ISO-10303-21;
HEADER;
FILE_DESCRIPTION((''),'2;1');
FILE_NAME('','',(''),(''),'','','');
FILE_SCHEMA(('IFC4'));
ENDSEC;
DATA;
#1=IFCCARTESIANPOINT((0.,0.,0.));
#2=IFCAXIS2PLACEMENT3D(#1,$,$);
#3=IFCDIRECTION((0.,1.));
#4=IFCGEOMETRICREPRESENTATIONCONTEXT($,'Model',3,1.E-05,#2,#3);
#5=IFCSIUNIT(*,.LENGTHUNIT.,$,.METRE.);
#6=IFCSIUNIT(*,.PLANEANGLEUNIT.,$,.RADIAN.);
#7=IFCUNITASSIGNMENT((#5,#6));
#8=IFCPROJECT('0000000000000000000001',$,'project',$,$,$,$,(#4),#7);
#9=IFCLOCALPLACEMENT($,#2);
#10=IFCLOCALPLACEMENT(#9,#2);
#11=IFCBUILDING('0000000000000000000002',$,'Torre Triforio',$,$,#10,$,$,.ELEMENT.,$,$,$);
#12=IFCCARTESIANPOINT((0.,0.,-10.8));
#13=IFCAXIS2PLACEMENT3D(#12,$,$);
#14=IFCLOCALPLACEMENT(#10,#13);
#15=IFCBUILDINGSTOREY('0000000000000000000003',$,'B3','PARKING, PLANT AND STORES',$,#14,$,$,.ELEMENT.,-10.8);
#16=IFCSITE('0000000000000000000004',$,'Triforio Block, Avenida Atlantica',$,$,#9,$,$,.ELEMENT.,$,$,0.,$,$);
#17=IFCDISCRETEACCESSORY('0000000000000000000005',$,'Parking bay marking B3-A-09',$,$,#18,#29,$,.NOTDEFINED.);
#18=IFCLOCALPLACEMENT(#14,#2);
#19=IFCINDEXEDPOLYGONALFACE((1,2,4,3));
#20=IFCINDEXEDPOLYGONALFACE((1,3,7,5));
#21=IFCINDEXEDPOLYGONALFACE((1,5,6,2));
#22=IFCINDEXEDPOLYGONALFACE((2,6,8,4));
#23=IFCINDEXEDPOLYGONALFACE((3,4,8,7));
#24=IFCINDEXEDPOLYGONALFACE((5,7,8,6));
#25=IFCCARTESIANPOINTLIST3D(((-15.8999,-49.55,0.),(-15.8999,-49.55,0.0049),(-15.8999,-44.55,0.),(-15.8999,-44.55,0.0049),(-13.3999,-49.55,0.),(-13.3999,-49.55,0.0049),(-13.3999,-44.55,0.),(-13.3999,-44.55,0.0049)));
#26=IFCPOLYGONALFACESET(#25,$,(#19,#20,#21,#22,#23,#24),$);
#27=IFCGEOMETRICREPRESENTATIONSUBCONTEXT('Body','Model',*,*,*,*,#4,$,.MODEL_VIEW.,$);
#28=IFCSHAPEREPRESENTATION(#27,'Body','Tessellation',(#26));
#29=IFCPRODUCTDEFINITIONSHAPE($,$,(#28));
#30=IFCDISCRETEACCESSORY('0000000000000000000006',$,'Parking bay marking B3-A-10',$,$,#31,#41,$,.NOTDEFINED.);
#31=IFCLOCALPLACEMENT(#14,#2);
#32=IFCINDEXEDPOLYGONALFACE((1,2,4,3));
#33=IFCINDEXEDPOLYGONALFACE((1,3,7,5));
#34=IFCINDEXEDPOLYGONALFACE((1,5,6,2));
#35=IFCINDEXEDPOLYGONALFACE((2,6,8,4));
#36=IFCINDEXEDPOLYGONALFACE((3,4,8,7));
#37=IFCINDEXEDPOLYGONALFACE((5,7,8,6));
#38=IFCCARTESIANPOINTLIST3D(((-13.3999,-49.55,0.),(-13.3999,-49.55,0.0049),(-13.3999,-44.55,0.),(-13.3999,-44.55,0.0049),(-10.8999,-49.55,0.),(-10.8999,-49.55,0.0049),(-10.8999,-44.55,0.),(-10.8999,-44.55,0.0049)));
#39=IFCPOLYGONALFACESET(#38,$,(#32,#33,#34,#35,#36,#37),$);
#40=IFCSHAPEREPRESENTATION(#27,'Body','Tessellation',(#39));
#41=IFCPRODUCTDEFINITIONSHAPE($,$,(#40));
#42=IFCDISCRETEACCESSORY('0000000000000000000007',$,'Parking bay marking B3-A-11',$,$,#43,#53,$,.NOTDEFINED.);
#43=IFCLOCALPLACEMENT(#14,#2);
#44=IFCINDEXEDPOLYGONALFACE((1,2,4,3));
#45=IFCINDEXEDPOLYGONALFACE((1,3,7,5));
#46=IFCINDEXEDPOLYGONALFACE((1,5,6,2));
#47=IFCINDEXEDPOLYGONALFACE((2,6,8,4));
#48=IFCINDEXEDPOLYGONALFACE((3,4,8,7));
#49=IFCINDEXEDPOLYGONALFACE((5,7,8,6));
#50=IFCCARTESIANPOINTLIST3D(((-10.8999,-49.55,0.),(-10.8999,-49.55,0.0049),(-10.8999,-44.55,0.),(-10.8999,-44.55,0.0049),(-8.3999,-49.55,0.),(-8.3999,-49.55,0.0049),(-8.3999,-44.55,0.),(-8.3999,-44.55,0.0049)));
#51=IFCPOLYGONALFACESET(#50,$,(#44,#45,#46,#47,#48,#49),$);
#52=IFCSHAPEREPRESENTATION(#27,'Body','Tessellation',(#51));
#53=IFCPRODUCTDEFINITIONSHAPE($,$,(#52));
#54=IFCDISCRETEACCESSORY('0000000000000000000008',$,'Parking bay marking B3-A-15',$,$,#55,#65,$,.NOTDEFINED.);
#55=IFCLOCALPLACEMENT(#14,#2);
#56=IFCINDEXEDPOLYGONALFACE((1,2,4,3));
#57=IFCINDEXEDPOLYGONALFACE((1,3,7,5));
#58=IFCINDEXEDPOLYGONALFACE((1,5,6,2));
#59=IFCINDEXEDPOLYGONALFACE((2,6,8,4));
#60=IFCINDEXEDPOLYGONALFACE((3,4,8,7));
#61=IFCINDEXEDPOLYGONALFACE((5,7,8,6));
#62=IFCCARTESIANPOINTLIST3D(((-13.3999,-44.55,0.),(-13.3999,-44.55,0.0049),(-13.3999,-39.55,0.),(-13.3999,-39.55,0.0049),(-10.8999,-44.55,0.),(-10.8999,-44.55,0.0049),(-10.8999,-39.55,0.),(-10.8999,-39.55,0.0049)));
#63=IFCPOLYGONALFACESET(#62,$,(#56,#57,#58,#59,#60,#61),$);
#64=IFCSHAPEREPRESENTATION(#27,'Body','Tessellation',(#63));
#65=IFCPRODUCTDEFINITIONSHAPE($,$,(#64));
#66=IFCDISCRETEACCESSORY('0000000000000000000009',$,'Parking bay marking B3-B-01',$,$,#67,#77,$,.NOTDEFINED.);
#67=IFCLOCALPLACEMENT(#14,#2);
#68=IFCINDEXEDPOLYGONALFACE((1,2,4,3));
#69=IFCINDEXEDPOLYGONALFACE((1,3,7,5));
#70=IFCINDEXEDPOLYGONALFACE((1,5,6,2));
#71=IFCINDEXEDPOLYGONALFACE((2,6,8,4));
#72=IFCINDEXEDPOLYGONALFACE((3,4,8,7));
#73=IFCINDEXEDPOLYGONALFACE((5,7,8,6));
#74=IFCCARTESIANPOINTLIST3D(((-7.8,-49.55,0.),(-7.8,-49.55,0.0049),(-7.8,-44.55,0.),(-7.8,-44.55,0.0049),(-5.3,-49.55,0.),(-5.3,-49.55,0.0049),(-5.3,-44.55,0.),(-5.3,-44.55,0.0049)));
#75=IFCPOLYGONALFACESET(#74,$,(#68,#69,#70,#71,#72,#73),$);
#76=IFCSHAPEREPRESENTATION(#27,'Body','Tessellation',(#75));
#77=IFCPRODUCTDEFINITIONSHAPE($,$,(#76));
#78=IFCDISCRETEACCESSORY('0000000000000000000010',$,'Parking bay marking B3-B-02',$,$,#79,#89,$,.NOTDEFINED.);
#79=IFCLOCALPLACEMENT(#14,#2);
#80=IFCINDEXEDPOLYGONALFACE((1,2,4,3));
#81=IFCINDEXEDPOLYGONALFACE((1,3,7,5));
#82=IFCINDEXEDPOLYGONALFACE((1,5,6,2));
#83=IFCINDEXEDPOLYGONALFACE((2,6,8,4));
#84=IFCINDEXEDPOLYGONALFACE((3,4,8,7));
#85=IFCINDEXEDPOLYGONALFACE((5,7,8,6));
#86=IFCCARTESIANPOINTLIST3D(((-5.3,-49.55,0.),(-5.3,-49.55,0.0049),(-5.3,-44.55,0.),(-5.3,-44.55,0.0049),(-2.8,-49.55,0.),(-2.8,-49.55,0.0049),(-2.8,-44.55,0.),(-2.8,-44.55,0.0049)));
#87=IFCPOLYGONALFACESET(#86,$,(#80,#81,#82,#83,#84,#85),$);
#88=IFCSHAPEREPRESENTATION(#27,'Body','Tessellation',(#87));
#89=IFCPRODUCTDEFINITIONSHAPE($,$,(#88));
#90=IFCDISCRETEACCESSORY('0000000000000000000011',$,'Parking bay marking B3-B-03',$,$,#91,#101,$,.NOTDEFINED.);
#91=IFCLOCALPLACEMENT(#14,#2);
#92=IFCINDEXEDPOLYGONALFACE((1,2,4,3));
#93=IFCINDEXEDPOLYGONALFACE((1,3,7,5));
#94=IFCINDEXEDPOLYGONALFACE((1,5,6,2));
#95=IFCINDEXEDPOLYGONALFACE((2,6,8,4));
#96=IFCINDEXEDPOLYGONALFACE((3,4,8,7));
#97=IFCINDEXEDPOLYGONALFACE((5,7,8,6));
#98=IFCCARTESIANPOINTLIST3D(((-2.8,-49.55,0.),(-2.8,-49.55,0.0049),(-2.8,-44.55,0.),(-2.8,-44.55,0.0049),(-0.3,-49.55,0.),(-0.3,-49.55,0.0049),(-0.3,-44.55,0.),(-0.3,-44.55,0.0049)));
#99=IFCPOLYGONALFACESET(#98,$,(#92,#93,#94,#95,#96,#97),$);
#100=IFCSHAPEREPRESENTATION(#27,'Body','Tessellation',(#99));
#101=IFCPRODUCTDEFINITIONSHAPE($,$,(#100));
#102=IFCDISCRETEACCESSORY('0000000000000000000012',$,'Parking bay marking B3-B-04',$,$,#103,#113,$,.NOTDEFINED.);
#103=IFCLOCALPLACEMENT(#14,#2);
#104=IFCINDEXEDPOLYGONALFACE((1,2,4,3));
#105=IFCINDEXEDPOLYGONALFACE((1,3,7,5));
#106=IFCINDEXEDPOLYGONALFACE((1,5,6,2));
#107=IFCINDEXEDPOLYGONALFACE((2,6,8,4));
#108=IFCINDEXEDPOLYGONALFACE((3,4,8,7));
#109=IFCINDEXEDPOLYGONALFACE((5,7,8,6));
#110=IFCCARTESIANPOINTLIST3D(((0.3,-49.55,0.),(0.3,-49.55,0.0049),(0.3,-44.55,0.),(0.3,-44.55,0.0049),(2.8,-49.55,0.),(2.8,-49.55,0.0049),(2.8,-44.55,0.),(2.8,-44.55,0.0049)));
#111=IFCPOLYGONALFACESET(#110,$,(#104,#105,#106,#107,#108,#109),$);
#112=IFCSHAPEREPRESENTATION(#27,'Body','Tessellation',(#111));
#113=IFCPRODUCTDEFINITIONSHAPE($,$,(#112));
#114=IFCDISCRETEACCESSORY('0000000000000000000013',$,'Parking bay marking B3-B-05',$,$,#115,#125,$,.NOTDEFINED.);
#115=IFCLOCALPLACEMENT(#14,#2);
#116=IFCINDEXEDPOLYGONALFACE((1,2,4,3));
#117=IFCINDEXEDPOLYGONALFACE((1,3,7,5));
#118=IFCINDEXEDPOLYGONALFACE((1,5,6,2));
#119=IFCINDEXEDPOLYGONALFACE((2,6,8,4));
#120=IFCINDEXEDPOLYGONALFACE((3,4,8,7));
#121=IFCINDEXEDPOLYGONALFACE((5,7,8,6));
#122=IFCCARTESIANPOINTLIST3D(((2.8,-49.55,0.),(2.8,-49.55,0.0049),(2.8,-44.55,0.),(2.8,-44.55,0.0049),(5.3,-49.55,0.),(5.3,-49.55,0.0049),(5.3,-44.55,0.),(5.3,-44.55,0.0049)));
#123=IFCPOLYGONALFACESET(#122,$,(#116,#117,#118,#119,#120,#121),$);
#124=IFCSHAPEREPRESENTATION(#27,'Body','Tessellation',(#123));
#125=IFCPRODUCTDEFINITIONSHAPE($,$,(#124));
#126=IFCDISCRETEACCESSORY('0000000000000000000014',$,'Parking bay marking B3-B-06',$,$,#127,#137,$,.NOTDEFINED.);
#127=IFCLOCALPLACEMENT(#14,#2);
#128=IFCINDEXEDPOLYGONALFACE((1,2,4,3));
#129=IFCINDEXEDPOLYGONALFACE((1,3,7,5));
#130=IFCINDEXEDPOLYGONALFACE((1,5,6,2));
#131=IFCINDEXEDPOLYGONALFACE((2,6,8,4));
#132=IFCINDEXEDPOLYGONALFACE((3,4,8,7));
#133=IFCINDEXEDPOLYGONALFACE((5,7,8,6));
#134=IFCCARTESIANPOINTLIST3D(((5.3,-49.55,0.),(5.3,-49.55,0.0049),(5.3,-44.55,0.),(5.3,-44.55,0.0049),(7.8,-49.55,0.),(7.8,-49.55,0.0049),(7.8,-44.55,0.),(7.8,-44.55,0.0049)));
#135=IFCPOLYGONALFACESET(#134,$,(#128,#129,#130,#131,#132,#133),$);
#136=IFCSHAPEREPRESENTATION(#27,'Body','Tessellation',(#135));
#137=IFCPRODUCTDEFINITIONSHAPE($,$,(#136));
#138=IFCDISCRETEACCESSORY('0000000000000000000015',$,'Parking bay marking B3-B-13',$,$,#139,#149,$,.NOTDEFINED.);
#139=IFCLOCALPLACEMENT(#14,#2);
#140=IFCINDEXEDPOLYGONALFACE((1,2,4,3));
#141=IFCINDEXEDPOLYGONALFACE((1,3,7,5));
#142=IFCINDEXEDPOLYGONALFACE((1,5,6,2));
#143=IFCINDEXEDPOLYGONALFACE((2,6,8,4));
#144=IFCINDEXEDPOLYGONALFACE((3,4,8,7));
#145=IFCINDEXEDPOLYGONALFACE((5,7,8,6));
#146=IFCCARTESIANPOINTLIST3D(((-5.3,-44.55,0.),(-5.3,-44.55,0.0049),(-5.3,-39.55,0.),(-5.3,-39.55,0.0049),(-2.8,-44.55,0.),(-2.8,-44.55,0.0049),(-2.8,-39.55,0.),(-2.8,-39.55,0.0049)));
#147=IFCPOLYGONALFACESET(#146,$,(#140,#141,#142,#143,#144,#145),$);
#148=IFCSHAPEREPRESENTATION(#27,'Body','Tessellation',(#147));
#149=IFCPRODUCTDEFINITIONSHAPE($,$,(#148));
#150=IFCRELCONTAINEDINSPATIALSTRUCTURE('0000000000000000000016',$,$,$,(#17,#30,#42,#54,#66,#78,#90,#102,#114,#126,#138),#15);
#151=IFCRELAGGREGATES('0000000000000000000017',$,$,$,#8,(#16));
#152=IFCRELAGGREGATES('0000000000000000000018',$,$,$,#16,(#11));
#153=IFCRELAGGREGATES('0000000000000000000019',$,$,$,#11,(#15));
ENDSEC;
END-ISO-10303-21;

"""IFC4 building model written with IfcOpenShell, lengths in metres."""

from ifc_helpers import new_model, si_unit, direction, frame, origin, origin_2d, place, context, subcontext, project, spatial, rectangle, extrude, element, save


model = new_model("IFC4")

# Units and contexts
model_context = context("Model", 3, precision=1e-05, world=origin(), true_north=direction((0.0, 1.0)))
body_context = subcontext(model_context, "Body", "Model", "MODEL_VIEW")
ifc_project = project(units=[si_unit("LENGTHUNIT", "METRE"), si_unit("PLANEANGLEUNIT", "RADIAN")], contexts=[model_context])

# Site, building, storey
site_placement = place(None, origin())
site = spatial("IfcSite", under=ifc_project, at=site_placement, Name="Triforio Block, Avenida Atlantica", CompositionType="ELEMENT", RefElevation=0.0)
building_placement = place(site_placement, origin())
building = spatial("IfcBuilding", under=site, at=building_placement, Name="Torre Triforio", CompositionType="ELEMENT")
storey_placement = place(building_placement, frame((0.0, 0.0, -10.8)))
storey = spatial("IfcBuildingStorey", under=building, at=storey_placement, Name="B3", Description="PARKING, PLANT AND STORES", CompositionType="ELEMENT", Elevation=-10.8)

# Discrete accessories
for number, where, z_axis, x_axis, name in (
    (1, (-14.6499, -47.05, 0.0), (0.0, 0.0, 1.0), (1.0, 0.0, 0.0), "Parking bay marking B3-A-09"),
    (2, (-12.1499, -47.05, 0.0), (0.0, 0.0, 1.0), (1.0, 0.0, 0.0), "Parking bay marking B3-A-10"),
    (3, (-9.6499, -47.05, 0.0), (0.0, 0.0, 1.0), (1.0, 0.0, 0.0), "Parking bay marking B3-A-11"),
    (4, (-12.1499, -42.05, 0.0), (0.0, 0.0, 1.0), (1.0, 0.0, 0.0), "Parking bay marking B3-A-15"),
    (5, (-6.55, -47.05, 0.0), (0.0, 0.0, 1.0), (1.0, 0.0, 0.0), "Parking bay marking B3-B-01"),
    (6, (-4.05, -47.05, 0.0), (0.0, 0.0, 1.0), (1.0, 0.0, 0.0), "Parking bay marking B3-B-02"),
    (7, (-1.55, -47.05, 0.0), (0.0, 0.0, 1.0), (1.0, 0.0, 0.0), "Parking bay marking B3-B-03"),
    (8, (1.55, -47.05, 0.0), (0.0, 0.0, 1.0), (1.0, 0.0, 0.0), "Parking bay marking B3-B-04"),
    (9, (4.05, -47.05, 0.0), (0.0, 0.0, 1.0), (1.0, 0.0, 0.0), "Parking bay marking B3-B-05"),
    (10, (6.55, -47.05, 0.0), (0.0, 0.0, 1.0), (1.0, 0.0, 0.0), "Parking bay marking B3-B-06"),
    (11, (-4.05, -42.05, 0.0), (0.0, 0.0, 1.0), (1.0, 0.0, 0.0), "Parking bay marking B3-B-13"),
):
    element("IfcDiscreteAccessory", number, at=place(storey_placement, frame(where, z_axis=z_axis, x_axis=x_axis)), inside=storey, Name=name, PredefinedType="NOTDEFINED", context=body_context, shape_type="SweptSolid", body=[
        extrude(rectangle(XDim=2.5, YDim=5.0, at=origin_2d()), origin(), (0.0, 0.0, 1.0), 0.0049),
    ])

save(model, "model.ifc")
